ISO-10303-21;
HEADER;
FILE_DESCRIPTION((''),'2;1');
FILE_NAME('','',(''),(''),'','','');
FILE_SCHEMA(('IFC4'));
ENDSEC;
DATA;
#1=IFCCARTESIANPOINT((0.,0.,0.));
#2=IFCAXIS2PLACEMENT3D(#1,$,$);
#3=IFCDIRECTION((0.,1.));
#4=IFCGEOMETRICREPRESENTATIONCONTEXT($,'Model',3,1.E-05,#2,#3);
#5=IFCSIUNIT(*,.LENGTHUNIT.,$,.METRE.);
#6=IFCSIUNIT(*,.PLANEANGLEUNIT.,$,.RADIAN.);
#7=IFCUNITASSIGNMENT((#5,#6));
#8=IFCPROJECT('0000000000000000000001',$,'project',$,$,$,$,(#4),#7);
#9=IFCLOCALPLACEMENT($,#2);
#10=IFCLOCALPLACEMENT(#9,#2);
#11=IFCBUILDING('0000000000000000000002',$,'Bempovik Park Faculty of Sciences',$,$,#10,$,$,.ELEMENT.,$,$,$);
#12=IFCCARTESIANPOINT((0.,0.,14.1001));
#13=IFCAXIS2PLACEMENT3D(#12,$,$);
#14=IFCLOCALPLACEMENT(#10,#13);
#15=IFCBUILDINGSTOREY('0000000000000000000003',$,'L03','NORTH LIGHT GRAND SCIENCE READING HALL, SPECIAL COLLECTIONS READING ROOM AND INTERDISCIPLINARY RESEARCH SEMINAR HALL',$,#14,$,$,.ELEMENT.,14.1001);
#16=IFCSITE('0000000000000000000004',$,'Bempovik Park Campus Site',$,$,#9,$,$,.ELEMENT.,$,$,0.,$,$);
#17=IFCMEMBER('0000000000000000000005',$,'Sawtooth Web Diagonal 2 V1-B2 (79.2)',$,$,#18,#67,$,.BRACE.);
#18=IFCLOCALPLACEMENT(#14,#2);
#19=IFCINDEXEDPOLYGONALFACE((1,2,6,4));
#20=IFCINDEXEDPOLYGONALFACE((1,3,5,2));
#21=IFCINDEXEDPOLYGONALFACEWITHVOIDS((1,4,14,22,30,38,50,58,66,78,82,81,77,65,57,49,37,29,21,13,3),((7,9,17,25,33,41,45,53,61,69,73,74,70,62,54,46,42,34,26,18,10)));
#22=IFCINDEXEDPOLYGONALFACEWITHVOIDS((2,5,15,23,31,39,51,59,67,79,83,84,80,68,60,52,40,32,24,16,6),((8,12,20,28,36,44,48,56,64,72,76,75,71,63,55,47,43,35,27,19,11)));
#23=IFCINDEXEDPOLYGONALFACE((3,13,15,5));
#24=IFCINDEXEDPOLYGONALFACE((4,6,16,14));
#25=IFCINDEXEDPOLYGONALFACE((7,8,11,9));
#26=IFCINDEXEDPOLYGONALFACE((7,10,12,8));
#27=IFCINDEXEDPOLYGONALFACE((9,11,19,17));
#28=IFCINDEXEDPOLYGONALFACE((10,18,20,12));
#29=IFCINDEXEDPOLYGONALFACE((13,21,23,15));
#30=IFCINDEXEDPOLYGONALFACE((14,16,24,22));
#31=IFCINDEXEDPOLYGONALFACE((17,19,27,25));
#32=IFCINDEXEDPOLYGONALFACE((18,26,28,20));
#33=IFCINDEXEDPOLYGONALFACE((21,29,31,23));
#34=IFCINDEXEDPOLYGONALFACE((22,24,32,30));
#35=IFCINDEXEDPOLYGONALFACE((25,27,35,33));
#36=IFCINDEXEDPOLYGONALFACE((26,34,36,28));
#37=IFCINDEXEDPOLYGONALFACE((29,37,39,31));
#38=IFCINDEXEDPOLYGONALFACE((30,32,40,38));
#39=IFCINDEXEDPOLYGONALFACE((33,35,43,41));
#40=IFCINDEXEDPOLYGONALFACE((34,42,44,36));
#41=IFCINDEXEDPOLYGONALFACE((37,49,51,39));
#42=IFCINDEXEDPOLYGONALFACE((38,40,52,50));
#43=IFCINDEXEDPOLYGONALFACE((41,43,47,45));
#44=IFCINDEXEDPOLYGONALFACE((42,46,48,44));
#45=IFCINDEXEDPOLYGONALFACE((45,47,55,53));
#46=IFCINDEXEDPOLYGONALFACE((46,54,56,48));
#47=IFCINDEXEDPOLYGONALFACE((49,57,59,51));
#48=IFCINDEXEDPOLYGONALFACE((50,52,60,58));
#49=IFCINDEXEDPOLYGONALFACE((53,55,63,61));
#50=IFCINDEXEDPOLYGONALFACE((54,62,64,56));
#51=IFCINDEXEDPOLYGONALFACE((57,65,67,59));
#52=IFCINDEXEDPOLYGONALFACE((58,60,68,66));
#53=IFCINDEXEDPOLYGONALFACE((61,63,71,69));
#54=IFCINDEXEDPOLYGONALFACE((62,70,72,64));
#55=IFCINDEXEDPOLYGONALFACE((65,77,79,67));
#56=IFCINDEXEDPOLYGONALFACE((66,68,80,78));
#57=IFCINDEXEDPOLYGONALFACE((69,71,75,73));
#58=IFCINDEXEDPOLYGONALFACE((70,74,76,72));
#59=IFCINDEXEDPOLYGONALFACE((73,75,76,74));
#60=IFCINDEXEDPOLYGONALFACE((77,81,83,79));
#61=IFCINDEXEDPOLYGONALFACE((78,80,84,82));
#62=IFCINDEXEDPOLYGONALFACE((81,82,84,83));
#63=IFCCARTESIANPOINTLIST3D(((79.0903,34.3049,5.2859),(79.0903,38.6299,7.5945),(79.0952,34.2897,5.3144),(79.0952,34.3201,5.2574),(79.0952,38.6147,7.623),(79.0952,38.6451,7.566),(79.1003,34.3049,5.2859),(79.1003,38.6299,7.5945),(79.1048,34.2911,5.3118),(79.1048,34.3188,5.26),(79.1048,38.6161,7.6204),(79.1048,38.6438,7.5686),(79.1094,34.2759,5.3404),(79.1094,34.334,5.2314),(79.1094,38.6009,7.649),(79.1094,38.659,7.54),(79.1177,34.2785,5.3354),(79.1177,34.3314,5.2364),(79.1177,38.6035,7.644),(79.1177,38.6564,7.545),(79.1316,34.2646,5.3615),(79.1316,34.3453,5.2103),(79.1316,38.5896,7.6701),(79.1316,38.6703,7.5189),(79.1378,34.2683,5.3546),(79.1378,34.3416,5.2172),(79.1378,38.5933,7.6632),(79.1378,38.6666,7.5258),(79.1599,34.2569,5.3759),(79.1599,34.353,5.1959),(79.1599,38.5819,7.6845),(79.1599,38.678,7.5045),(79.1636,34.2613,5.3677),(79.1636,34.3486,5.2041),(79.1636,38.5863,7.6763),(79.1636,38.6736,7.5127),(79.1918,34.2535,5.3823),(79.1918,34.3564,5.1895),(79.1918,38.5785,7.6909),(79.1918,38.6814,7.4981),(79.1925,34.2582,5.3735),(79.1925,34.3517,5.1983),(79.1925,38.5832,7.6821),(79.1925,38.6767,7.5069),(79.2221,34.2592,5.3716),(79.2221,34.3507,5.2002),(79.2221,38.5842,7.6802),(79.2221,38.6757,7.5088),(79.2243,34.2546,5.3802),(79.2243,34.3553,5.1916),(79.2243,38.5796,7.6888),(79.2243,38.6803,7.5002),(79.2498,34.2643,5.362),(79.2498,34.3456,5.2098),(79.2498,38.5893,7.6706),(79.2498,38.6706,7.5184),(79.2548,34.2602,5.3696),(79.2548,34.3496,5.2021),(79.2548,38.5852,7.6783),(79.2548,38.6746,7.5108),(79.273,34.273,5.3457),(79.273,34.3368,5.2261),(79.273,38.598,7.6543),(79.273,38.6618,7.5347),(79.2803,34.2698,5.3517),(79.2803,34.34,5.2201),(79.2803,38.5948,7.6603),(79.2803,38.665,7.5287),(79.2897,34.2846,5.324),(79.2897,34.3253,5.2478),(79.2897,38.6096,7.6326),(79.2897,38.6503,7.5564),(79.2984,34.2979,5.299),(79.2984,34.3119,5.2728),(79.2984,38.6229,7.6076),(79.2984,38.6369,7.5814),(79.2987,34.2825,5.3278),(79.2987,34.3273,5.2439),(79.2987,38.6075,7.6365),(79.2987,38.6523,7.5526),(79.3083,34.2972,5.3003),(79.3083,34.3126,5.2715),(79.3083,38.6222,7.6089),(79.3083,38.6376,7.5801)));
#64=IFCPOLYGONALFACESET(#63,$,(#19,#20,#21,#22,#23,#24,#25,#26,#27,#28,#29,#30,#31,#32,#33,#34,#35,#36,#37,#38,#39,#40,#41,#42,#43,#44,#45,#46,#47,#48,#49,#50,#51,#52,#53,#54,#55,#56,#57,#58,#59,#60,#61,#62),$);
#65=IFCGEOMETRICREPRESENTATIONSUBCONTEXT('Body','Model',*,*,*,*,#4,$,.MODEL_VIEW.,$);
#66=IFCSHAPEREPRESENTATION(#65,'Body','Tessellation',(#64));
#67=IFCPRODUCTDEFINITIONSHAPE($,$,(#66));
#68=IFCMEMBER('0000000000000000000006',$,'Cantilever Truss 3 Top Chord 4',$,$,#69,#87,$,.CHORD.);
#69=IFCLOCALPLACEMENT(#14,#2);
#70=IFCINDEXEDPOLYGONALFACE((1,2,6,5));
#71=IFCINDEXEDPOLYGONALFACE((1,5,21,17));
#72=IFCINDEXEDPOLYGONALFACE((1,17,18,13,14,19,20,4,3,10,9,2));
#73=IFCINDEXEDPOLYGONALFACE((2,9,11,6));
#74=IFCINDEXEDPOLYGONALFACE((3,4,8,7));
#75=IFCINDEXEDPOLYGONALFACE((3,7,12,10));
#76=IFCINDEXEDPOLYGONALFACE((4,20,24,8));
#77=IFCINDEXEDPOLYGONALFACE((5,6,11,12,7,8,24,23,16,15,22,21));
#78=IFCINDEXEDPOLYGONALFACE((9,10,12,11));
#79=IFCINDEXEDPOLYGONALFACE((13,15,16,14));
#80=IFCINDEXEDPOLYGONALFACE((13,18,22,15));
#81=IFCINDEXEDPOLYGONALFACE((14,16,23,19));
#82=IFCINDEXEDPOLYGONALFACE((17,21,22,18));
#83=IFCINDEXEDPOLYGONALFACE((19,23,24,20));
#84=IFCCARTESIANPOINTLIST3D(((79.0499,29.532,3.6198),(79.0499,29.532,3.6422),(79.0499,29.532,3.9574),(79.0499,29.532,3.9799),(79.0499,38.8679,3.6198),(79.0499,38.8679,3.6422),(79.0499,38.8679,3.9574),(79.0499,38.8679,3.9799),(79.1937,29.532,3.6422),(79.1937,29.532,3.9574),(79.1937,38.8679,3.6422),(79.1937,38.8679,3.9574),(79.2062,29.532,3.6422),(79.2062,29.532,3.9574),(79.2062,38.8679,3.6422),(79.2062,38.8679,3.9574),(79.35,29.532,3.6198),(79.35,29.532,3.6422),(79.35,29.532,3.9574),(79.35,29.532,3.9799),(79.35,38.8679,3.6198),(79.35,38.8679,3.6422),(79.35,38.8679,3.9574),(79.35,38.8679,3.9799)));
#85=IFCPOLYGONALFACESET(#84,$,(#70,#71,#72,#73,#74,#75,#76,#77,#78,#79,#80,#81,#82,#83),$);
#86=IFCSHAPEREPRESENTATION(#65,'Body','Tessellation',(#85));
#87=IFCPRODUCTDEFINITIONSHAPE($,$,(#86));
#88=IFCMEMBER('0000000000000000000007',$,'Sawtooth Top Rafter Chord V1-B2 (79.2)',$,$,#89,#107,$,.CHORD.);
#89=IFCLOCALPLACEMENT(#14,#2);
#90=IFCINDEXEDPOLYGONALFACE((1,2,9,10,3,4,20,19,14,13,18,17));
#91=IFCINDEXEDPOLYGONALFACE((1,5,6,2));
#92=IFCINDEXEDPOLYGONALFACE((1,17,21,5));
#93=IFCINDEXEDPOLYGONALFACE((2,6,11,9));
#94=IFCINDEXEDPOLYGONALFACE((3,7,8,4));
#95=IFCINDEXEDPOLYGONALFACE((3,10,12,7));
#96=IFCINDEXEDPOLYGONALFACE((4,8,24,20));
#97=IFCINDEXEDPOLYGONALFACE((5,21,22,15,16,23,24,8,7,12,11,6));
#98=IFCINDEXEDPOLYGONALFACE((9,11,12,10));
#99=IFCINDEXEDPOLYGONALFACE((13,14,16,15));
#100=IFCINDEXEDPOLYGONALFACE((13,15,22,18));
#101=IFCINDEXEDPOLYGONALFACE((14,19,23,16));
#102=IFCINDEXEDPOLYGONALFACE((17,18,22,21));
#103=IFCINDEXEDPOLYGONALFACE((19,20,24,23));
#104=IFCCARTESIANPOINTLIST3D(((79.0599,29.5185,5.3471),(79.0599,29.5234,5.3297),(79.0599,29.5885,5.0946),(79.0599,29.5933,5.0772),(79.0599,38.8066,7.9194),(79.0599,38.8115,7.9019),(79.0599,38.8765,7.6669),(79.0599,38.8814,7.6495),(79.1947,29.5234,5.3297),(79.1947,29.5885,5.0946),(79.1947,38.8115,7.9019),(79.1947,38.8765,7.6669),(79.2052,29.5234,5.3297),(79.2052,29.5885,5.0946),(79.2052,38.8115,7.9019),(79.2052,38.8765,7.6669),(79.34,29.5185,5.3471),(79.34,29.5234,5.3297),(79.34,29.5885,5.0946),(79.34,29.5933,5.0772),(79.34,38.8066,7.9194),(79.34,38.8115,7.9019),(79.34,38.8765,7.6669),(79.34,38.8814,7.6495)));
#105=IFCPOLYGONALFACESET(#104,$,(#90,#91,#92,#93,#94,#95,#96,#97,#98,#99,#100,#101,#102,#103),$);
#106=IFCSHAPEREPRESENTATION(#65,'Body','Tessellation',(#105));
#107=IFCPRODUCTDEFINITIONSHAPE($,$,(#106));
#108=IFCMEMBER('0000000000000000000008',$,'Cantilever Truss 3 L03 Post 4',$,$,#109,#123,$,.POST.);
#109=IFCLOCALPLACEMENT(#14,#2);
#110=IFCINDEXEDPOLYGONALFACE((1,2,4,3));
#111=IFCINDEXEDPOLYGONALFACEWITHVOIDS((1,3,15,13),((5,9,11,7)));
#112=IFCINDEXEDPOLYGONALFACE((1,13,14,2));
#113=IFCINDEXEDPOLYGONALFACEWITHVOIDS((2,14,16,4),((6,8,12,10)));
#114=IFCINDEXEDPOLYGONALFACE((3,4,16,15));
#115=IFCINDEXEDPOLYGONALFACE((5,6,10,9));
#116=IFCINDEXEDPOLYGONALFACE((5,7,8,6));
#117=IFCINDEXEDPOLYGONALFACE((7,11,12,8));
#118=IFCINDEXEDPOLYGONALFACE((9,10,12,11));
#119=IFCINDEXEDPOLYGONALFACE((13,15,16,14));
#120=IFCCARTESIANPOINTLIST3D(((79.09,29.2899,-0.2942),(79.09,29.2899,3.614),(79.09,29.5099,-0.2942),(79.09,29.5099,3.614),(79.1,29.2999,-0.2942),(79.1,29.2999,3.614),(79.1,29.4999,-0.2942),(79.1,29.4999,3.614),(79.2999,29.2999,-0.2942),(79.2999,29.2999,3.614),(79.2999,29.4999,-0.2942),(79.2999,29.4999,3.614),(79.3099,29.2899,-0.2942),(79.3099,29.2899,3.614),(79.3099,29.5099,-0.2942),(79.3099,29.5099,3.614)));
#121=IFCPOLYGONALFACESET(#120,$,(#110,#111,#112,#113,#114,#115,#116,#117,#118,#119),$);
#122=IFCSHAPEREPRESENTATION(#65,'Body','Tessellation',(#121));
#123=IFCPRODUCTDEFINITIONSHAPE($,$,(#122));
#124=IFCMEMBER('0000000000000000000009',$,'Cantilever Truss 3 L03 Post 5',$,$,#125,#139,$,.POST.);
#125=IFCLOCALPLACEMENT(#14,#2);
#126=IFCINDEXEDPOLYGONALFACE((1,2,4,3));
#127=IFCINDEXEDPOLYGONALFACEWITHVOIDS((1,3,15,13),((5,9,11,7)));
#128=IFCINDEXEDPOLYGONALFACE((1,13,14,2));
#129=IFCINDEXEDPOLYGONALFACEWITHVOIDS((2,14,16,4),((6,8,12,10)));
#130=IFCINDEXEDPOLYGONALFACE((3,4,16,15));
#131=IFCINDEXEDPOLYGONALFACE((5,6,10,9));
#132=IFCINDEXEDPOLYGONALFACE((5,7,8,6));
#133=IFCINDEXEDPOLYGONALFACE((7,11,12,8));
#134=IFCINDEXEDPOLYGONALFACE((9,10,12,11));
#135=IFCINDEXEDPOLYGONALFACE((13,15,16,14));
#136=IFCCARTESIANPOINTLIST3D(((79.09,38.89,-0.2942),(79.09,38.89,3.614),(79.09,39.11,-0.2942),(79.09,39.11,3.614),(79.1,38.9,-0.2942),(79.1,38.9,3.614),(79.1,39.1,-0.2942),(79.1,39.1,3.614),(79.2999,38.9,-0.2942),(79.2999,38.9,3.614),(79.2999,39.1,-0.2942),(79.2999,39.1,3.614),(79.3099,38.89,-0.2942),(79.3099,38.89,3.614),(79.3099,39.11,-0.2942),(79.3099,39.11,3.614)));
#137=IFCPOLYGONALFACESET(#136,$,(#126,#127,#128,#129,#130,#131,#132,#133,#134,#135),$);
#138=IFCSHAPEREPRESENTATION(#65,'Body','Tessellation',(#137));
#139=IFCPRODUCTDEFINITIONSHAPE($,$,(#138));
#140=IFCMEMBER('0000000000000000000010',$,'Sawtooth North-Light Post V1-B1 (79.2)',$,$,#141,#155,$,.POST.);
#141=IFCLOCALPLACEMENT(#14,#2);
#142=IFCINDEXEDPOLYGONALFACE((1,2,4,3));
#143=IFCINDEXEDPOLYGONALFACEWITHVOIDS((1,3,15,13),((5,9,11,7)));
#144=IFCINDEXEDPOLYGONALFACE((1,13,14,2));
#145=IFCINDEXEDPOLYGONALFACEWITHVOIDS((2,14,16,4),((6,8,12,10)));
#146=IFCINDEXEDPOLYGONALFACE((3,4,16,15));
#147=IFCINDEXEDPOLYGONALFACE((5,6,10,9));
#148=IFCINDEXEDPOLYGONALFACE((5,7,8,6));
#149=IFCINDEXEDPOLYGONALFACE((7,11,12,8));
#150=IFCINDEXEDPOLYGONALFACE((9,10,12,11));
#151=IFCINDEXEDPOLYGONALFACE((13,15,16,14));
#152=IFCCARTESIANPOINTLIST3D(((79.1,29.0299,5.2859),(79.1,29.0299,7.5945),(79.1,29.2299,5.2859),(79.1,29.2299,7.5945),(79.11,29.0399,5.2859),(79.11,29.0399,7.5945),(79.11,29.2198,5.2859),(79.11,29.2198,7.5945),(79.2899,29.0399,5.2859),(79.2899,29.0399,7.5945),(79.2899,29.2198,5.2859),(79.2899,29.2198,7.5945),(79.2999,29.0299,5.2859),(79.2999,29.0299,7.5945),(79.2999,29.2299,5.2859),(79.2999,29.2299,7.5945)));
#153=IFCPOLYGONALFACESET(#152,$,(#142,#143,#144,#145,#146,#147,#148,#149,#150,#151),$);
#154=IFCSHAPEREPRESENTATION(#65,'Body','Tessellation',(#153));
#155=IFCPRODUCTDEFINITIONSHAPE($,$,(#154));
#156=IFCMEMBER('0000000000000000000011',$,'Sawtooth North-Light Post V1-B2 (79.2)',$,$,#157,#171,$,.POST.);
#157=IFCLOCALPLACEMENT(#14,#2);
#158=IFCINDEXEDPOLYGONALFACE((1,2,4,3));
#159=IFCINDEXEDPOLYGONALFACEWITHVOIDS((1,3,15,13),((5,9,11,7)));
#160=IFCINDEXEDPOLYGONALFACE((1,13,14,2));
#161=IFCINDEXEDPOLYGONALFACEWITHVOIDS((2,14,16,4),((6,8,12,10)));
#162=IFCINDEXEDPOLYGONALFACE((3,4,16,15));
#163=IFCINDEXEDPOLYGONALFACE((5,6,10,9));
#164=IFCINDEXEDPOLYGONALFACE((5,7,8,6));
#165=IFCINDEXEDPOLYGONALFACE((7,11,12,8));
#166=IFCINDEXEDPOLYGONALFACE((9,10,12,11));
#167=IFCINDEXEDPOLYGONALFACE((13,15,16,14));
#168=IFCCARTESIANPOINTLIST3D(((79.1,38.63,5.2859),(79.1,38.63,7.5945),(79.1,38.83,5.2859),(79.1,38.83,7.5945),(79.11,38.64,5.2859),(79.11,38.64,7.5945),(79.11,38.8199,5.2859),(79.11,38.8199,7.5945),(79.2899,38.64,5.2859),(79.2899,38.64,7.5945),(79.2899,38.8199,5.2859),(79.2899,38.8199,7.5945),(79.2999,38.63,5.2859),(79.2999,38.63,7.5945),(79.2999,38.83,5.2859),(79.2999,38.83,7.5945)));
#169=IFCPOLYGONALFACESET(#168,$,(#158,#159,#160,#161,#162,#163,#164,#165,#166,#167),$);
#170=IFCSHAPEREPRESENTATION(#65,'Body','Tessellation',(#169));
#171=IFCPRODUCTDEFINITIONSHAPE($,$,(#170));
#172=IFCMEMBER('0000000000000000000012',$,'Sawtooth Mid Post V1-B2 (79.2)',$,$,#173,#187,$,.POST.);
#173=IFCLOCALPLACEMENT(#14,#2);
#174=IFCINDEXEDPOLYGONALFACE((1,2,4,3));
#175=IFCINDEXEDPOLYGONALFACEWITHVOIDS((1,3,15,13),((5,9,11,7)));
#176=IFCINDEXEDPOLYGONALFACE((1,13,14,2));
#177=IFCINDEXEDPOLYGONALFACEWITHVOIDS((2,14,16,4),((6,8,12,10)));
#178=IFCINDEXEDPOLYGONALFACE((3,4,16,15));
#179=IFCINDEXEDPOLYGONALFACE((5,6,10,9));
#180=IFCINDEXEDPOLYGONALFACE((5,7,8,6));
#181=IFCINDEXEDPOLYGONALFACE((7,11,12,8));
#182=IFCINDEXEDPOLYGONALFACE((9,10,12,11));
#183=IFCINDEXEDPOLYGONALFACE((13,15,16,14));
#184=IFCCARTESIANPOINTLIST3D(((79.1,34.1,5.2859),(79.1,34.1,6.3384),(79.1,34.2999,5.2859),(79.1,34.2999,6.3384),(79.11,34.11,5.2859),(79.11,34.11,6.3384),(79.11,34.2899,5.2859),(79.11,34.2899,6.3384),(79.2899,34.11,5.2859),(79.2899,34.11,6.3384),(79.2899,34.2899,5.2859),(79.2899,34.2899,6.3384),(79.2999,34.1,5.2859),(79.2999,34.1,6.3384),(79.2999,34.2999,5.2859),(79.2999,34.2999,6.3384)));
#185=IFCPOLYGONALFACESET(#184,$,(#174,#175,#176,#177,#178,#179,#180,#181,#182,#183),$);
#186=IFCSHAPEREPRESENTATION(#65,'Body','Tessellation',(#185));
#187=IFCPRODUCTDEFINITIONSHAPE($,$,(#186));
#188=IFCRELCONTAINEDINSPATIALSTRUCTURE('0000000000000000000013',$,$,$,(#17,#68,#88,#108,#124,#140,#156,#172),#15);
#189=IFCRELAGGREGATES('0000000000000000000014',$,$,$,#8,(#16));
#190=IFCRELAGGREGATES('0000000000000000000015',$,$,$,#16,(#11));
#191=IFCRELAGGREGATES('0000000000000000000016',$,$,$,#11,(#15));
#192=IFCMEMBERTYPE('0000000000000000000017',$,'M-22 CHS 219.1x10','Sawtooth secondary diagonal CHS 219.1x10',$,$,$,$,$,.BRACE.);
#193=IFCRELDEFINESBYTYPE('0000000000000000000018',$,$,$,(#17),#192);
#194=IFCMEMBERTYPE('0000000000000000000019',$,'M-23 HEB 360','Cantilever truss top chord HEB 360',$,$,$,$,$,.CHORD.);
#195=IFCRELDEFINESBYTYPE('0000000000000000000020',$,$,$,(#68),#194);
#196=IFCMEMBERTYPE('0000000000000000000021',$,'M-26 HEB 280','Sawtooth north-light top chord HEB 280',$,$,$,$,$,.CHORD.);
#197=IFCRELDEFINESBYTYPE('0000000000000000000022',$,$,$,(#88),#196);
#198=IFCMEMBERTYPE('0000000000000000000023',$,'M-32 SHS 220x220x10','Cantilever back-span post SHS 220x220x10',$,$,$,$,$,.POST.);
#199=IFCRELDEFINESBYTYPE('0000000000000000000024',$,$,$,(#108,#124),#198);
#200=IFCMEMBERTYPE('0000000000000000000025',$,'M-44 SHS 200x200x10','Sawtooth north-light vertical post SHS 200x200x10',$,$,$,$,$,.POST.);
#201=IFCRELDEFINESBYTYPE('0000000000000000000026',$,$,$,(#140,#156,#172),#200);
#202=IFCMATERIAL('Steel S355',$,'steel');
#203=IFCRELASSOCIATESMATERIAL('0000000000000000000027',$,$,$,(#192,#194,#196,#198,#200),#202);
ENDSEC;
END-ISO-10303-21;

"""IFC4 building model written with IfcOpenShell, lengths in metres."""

from ifc_helpers import new_model, si_unit, direction, frame, origin, origin_2d, place, context, subcontext, project, spatial, hollow_rectangle, hollow_circle, i_section, extrude, material, material_profile, profile_set, type_object, element, save


model = new_model("IFC4")

# Units and contexts
model_context = context("Model", 3, precision=1e-05, world=origin(), true_north=direction((0.0, 1.0)))
body_context = subcontext(model_context, "Body", "Model", "MODEL_VIEW")
ifc_project = project(units=[si_unit("LENGTHUNIT", "METRE"), si_unit("PLANEANGLEUNIT", "RADIAN")], contexts=[model_context])

# Site, building, storey
site_placement = place(None, origin())
site = spatial("IfcSite", under=ifc_project, at=site_placement, Name="Bempovik Park Campus Site", CompositionType="ELEMENT", RefElevation=0.0)
building_placement = place(site_placement, origin())
building = spatial("IfcBuilding", under=site, at=building_placement, Name="Bempovik Park Faculty of Sciences", CompositionType="ELEMENT")
storey_placement = place(building_placement, frame((0.0, 0.0, 14.1001)))
storey = spatial("IfcBuildingStorey", under=building, at=storey_placement, Name="L03", Description="NORTH LIGHT GRAND SCIENCE READING HALL, SPECIAL COLLECTIONS READING ROOM AND INTERDISCIPLINARY RESEARCH SEMINAR HALL", CompositionType="ELEMENT", Elevation=14.1001)

# Shared definitions
ifc_material_1 = material(Name="Steel S355", Category="steel")

# Members
ifc_material_profile_1 = material_profile(ifc_material_1, hollow_circle(Radius=0.1096, WallThickness=0.01, at=origin_2d()), Name="CHS 219.1x10")
ifc_profile_set_1 = profile_set([ifc_material_profile_1], Name="Steel S355")
member_type_1 = type_object("IfcMemberType", Name="M-22 CHS 219.1x10", Description="Sawtooth secondary diagonal CHS 219.1x10", PredefinedType="BRACE", material=ifc_profile_set_1)
for number, where, z_axis, x_axis, name in (
    (1, (79.2, 34.3049, 5.2859), (0.0, 0.882187, 0.470898), (-1.0, 0.0, 0.0), "Sawtooth Web Diagonal 2 V1-B2 (79.2)"),
):
    element("IfcMember", number, at=place(storey_placement, frame(where, z_axis=z_axis, x_axis=x_axis)), inside=storey, type_object=member_type_1, Name=name, PredefinedType="BRACE", context=body_context, shape_type="SweptSolid", body=[
        extrude(hollow_circle(Radius=0.1096, WallThickness=0.01, at=origin_2d()), origin(), (0.0, 0.0, 1.0), 4.9026),
    ])
ifc_material_profile_2 = material_profile(ifc_material_1, i_section(OverallWidth=0.3, OverallDepth=0.3601, WebThickness=0.0125, FlangeThickness=0.0225, at=origin_2d()), Name="HEB 360")
ifc_profile_set_2 = profile_set([ifc_material_profile_2], Name="Steel S355")
member_type_2 = type_object("IfcMemberType", Name="M-23 HEB 360", Description="Cantilever truss top chord HEB 360", PredefinedType="CHORD", material=ifc_profile_set_2)
member_1_placement = place(storey_placement, frame((79.2, 29.532, 3.7998), z_axis=(0.0, 1.0, 0.0), x_axis=(-1.0, 0.0, 0.0)))
element("IfcMember", 2, at=member_1_placement, inside=storey, type_object=member_type_2, Name="Cantilever Truss 3 Top Chord 4", PredefinedType="CHORD", context=body_context, shape_type="SweptSolid", body=[
    extrude(i_section(OverallWidth=0.3, OverallDepth=0.3601, WebThickness=0.0125, FlangeThickness=0.0225, at=origin_2d()), origin(), (0.0, 0.0, 1.0), 9.3359),
])
ifc_material_profile_3 = material_profile(ifc_material_1, i_section(OverallWidth=0.28, OverallDepth=0.28, WebThickness=0.0105, FlangeThickness=0.0181, at=origin_2d()), Name="HEB 280")
ifc_profile_set_3 = profile_set([ifc_material_profile_3], Name="Steel S355")
member_type_3 = type_object("IfcMemberType", Name="M-26 HEB 280", Description="Sawtooth north-light top chord HEB 280", PredefinedType="CHORD", material=ifc_profile_set_3)
member_2_placement = place(storey_placement, frame((79.2, 29.5559, 5.2122), z_axis=(0.0, 0.963725, 0.266896), x_axis=(-1.0, 0.0, 0.0)))
element("IfcMember", 3, at=member_2_placement, inside=storey, type_object=member_type_3, Name="Sawtooth Top Rafter Chord V1-B2 (79.2)", PredefinedType="CHORD", context=body_context, shape_type="SweptSolid", body=[
    extrude(i_section(OverallWidth=0.28, OverallDepth=0.28, WebThickness=0.0105, FlangeThickness=0.0181, at=origin_2d()), origin(), (0.0, 0.0, 1.0), 9.6377),
])
ifc_material_profile_4 = material_profile(ifc_material_1, hollow_rectangle(XDim=0.22, YDim=0.22, WallThickness=0.01, at=origin_2d()), Name="SHS 220x220x10")
ifc_profile_set_4 = profile_set([ifc_material_profile_4], Name="Steel S355")
member_type_4 = type_object("IfcMemberType", Name="M-32 SHS 220x220x10", Description="Cantilever back-span post SHS 220x220x10", PredefinedType="POST", material=ifc_profile_set_4)
for number, where, z_axis, x_axis, name in (
    (4, (79.2, 29.3999, -0.2942), (0.0, 0.0, 1.0), (1.0, 0.0, 0.0), "Cantilever Truss 3 L03 Post 4"),
    (5, (79.2, 39.0, -0.2942), (0.0, 0.0, 1.0), (1.0, 0.0, 0.0), "Cantilever Truss 3 L03 Post 5"),
):
    element("IfcMember", number, at=place(storey_placement, frame(where, z_axis=z_axis, x_axis=x_axis)), inside=storey, type_object=member_type_4, Name=name, PredefinedType="POST", context=body_context, shape_type="SweptSolid", body=[
        extrude(hollow_rectangle(XDim=0.22, YDim=0.22, WallThickness=0.01, at=origin_2d()), origin(), (0.0, 0.0, 1.0), 3.9082),
    ])
ifc_material_profile_5 = material_profile(ifc_material_1, hollow_rectangle(XDim=0.2, YDim=0.2, WallThickness=0.01, at=origin_2d()), Name="SHS 200x200x10")
ifc_profile_set_5 = profile_set([ifc_material_profile_5], Name="Steel S355")
member_type_5 = type_object("IfcMemberType", Name="M-44 SHS 200x200x10", Description="Sawtooth north-light vertical post SHS 200x200x10", PredefinedType="POST", material=ifc_profile_set_5)
for number, where, z_axis, x_axis, name in (
    (6, (79.2, 29.1299, 5.2859), (0.0, 0.0, 1.0), (1.0, 0.0, 0.0), "Sawtooth North-Light Post V1-B1 (79.2)"),
    (7, (79.2, 38.73, 5.2859), (0.0, 0.0, 1.0), (1.0, 0.0, 0.0), "Sawtooth North-Light Post V1-B2 (79.2)"),
):
    element("IfcMember", number, at=place(storey_placement, frame(where, z_axis=z_axis, x_axis=x_axis)), inside=storey, type_object=member_type_5, Name=name, PredefinedType="POST", context=body_context, shape_type="SweptSolid", body=[
        extrude(hollow_rectangle(XDim=0.2, YDim=0.2, WallThickness=0.01, at=origin_2d()), origin(), (0.0, 0.0, 1.0), 2.3086),
    ])
member_3_placement = place(storey_placement, frame((79.2, 34.2, 5.2859), z_axis=(0.0, 0.0, 1.0), x_axis=(1.0, 0.0, 0.0)))
element("IfcMember", 8, at=member_3_placement, inside=storey, type_object=member_type_5, Name="Sawtooth Mid Post V1-B2 (79.2)", PredefinedType="POST", context=body_context, shape_type="SweptSolid", body=[
    extrude(hollow_rectangle(XDim=0.2, YDim=0.2, WallThickness=0.01, at=origin_2d()), origin(), (0.0, 0.0, 1.0), 1.0525),
])

save(model, "model.ifc")
